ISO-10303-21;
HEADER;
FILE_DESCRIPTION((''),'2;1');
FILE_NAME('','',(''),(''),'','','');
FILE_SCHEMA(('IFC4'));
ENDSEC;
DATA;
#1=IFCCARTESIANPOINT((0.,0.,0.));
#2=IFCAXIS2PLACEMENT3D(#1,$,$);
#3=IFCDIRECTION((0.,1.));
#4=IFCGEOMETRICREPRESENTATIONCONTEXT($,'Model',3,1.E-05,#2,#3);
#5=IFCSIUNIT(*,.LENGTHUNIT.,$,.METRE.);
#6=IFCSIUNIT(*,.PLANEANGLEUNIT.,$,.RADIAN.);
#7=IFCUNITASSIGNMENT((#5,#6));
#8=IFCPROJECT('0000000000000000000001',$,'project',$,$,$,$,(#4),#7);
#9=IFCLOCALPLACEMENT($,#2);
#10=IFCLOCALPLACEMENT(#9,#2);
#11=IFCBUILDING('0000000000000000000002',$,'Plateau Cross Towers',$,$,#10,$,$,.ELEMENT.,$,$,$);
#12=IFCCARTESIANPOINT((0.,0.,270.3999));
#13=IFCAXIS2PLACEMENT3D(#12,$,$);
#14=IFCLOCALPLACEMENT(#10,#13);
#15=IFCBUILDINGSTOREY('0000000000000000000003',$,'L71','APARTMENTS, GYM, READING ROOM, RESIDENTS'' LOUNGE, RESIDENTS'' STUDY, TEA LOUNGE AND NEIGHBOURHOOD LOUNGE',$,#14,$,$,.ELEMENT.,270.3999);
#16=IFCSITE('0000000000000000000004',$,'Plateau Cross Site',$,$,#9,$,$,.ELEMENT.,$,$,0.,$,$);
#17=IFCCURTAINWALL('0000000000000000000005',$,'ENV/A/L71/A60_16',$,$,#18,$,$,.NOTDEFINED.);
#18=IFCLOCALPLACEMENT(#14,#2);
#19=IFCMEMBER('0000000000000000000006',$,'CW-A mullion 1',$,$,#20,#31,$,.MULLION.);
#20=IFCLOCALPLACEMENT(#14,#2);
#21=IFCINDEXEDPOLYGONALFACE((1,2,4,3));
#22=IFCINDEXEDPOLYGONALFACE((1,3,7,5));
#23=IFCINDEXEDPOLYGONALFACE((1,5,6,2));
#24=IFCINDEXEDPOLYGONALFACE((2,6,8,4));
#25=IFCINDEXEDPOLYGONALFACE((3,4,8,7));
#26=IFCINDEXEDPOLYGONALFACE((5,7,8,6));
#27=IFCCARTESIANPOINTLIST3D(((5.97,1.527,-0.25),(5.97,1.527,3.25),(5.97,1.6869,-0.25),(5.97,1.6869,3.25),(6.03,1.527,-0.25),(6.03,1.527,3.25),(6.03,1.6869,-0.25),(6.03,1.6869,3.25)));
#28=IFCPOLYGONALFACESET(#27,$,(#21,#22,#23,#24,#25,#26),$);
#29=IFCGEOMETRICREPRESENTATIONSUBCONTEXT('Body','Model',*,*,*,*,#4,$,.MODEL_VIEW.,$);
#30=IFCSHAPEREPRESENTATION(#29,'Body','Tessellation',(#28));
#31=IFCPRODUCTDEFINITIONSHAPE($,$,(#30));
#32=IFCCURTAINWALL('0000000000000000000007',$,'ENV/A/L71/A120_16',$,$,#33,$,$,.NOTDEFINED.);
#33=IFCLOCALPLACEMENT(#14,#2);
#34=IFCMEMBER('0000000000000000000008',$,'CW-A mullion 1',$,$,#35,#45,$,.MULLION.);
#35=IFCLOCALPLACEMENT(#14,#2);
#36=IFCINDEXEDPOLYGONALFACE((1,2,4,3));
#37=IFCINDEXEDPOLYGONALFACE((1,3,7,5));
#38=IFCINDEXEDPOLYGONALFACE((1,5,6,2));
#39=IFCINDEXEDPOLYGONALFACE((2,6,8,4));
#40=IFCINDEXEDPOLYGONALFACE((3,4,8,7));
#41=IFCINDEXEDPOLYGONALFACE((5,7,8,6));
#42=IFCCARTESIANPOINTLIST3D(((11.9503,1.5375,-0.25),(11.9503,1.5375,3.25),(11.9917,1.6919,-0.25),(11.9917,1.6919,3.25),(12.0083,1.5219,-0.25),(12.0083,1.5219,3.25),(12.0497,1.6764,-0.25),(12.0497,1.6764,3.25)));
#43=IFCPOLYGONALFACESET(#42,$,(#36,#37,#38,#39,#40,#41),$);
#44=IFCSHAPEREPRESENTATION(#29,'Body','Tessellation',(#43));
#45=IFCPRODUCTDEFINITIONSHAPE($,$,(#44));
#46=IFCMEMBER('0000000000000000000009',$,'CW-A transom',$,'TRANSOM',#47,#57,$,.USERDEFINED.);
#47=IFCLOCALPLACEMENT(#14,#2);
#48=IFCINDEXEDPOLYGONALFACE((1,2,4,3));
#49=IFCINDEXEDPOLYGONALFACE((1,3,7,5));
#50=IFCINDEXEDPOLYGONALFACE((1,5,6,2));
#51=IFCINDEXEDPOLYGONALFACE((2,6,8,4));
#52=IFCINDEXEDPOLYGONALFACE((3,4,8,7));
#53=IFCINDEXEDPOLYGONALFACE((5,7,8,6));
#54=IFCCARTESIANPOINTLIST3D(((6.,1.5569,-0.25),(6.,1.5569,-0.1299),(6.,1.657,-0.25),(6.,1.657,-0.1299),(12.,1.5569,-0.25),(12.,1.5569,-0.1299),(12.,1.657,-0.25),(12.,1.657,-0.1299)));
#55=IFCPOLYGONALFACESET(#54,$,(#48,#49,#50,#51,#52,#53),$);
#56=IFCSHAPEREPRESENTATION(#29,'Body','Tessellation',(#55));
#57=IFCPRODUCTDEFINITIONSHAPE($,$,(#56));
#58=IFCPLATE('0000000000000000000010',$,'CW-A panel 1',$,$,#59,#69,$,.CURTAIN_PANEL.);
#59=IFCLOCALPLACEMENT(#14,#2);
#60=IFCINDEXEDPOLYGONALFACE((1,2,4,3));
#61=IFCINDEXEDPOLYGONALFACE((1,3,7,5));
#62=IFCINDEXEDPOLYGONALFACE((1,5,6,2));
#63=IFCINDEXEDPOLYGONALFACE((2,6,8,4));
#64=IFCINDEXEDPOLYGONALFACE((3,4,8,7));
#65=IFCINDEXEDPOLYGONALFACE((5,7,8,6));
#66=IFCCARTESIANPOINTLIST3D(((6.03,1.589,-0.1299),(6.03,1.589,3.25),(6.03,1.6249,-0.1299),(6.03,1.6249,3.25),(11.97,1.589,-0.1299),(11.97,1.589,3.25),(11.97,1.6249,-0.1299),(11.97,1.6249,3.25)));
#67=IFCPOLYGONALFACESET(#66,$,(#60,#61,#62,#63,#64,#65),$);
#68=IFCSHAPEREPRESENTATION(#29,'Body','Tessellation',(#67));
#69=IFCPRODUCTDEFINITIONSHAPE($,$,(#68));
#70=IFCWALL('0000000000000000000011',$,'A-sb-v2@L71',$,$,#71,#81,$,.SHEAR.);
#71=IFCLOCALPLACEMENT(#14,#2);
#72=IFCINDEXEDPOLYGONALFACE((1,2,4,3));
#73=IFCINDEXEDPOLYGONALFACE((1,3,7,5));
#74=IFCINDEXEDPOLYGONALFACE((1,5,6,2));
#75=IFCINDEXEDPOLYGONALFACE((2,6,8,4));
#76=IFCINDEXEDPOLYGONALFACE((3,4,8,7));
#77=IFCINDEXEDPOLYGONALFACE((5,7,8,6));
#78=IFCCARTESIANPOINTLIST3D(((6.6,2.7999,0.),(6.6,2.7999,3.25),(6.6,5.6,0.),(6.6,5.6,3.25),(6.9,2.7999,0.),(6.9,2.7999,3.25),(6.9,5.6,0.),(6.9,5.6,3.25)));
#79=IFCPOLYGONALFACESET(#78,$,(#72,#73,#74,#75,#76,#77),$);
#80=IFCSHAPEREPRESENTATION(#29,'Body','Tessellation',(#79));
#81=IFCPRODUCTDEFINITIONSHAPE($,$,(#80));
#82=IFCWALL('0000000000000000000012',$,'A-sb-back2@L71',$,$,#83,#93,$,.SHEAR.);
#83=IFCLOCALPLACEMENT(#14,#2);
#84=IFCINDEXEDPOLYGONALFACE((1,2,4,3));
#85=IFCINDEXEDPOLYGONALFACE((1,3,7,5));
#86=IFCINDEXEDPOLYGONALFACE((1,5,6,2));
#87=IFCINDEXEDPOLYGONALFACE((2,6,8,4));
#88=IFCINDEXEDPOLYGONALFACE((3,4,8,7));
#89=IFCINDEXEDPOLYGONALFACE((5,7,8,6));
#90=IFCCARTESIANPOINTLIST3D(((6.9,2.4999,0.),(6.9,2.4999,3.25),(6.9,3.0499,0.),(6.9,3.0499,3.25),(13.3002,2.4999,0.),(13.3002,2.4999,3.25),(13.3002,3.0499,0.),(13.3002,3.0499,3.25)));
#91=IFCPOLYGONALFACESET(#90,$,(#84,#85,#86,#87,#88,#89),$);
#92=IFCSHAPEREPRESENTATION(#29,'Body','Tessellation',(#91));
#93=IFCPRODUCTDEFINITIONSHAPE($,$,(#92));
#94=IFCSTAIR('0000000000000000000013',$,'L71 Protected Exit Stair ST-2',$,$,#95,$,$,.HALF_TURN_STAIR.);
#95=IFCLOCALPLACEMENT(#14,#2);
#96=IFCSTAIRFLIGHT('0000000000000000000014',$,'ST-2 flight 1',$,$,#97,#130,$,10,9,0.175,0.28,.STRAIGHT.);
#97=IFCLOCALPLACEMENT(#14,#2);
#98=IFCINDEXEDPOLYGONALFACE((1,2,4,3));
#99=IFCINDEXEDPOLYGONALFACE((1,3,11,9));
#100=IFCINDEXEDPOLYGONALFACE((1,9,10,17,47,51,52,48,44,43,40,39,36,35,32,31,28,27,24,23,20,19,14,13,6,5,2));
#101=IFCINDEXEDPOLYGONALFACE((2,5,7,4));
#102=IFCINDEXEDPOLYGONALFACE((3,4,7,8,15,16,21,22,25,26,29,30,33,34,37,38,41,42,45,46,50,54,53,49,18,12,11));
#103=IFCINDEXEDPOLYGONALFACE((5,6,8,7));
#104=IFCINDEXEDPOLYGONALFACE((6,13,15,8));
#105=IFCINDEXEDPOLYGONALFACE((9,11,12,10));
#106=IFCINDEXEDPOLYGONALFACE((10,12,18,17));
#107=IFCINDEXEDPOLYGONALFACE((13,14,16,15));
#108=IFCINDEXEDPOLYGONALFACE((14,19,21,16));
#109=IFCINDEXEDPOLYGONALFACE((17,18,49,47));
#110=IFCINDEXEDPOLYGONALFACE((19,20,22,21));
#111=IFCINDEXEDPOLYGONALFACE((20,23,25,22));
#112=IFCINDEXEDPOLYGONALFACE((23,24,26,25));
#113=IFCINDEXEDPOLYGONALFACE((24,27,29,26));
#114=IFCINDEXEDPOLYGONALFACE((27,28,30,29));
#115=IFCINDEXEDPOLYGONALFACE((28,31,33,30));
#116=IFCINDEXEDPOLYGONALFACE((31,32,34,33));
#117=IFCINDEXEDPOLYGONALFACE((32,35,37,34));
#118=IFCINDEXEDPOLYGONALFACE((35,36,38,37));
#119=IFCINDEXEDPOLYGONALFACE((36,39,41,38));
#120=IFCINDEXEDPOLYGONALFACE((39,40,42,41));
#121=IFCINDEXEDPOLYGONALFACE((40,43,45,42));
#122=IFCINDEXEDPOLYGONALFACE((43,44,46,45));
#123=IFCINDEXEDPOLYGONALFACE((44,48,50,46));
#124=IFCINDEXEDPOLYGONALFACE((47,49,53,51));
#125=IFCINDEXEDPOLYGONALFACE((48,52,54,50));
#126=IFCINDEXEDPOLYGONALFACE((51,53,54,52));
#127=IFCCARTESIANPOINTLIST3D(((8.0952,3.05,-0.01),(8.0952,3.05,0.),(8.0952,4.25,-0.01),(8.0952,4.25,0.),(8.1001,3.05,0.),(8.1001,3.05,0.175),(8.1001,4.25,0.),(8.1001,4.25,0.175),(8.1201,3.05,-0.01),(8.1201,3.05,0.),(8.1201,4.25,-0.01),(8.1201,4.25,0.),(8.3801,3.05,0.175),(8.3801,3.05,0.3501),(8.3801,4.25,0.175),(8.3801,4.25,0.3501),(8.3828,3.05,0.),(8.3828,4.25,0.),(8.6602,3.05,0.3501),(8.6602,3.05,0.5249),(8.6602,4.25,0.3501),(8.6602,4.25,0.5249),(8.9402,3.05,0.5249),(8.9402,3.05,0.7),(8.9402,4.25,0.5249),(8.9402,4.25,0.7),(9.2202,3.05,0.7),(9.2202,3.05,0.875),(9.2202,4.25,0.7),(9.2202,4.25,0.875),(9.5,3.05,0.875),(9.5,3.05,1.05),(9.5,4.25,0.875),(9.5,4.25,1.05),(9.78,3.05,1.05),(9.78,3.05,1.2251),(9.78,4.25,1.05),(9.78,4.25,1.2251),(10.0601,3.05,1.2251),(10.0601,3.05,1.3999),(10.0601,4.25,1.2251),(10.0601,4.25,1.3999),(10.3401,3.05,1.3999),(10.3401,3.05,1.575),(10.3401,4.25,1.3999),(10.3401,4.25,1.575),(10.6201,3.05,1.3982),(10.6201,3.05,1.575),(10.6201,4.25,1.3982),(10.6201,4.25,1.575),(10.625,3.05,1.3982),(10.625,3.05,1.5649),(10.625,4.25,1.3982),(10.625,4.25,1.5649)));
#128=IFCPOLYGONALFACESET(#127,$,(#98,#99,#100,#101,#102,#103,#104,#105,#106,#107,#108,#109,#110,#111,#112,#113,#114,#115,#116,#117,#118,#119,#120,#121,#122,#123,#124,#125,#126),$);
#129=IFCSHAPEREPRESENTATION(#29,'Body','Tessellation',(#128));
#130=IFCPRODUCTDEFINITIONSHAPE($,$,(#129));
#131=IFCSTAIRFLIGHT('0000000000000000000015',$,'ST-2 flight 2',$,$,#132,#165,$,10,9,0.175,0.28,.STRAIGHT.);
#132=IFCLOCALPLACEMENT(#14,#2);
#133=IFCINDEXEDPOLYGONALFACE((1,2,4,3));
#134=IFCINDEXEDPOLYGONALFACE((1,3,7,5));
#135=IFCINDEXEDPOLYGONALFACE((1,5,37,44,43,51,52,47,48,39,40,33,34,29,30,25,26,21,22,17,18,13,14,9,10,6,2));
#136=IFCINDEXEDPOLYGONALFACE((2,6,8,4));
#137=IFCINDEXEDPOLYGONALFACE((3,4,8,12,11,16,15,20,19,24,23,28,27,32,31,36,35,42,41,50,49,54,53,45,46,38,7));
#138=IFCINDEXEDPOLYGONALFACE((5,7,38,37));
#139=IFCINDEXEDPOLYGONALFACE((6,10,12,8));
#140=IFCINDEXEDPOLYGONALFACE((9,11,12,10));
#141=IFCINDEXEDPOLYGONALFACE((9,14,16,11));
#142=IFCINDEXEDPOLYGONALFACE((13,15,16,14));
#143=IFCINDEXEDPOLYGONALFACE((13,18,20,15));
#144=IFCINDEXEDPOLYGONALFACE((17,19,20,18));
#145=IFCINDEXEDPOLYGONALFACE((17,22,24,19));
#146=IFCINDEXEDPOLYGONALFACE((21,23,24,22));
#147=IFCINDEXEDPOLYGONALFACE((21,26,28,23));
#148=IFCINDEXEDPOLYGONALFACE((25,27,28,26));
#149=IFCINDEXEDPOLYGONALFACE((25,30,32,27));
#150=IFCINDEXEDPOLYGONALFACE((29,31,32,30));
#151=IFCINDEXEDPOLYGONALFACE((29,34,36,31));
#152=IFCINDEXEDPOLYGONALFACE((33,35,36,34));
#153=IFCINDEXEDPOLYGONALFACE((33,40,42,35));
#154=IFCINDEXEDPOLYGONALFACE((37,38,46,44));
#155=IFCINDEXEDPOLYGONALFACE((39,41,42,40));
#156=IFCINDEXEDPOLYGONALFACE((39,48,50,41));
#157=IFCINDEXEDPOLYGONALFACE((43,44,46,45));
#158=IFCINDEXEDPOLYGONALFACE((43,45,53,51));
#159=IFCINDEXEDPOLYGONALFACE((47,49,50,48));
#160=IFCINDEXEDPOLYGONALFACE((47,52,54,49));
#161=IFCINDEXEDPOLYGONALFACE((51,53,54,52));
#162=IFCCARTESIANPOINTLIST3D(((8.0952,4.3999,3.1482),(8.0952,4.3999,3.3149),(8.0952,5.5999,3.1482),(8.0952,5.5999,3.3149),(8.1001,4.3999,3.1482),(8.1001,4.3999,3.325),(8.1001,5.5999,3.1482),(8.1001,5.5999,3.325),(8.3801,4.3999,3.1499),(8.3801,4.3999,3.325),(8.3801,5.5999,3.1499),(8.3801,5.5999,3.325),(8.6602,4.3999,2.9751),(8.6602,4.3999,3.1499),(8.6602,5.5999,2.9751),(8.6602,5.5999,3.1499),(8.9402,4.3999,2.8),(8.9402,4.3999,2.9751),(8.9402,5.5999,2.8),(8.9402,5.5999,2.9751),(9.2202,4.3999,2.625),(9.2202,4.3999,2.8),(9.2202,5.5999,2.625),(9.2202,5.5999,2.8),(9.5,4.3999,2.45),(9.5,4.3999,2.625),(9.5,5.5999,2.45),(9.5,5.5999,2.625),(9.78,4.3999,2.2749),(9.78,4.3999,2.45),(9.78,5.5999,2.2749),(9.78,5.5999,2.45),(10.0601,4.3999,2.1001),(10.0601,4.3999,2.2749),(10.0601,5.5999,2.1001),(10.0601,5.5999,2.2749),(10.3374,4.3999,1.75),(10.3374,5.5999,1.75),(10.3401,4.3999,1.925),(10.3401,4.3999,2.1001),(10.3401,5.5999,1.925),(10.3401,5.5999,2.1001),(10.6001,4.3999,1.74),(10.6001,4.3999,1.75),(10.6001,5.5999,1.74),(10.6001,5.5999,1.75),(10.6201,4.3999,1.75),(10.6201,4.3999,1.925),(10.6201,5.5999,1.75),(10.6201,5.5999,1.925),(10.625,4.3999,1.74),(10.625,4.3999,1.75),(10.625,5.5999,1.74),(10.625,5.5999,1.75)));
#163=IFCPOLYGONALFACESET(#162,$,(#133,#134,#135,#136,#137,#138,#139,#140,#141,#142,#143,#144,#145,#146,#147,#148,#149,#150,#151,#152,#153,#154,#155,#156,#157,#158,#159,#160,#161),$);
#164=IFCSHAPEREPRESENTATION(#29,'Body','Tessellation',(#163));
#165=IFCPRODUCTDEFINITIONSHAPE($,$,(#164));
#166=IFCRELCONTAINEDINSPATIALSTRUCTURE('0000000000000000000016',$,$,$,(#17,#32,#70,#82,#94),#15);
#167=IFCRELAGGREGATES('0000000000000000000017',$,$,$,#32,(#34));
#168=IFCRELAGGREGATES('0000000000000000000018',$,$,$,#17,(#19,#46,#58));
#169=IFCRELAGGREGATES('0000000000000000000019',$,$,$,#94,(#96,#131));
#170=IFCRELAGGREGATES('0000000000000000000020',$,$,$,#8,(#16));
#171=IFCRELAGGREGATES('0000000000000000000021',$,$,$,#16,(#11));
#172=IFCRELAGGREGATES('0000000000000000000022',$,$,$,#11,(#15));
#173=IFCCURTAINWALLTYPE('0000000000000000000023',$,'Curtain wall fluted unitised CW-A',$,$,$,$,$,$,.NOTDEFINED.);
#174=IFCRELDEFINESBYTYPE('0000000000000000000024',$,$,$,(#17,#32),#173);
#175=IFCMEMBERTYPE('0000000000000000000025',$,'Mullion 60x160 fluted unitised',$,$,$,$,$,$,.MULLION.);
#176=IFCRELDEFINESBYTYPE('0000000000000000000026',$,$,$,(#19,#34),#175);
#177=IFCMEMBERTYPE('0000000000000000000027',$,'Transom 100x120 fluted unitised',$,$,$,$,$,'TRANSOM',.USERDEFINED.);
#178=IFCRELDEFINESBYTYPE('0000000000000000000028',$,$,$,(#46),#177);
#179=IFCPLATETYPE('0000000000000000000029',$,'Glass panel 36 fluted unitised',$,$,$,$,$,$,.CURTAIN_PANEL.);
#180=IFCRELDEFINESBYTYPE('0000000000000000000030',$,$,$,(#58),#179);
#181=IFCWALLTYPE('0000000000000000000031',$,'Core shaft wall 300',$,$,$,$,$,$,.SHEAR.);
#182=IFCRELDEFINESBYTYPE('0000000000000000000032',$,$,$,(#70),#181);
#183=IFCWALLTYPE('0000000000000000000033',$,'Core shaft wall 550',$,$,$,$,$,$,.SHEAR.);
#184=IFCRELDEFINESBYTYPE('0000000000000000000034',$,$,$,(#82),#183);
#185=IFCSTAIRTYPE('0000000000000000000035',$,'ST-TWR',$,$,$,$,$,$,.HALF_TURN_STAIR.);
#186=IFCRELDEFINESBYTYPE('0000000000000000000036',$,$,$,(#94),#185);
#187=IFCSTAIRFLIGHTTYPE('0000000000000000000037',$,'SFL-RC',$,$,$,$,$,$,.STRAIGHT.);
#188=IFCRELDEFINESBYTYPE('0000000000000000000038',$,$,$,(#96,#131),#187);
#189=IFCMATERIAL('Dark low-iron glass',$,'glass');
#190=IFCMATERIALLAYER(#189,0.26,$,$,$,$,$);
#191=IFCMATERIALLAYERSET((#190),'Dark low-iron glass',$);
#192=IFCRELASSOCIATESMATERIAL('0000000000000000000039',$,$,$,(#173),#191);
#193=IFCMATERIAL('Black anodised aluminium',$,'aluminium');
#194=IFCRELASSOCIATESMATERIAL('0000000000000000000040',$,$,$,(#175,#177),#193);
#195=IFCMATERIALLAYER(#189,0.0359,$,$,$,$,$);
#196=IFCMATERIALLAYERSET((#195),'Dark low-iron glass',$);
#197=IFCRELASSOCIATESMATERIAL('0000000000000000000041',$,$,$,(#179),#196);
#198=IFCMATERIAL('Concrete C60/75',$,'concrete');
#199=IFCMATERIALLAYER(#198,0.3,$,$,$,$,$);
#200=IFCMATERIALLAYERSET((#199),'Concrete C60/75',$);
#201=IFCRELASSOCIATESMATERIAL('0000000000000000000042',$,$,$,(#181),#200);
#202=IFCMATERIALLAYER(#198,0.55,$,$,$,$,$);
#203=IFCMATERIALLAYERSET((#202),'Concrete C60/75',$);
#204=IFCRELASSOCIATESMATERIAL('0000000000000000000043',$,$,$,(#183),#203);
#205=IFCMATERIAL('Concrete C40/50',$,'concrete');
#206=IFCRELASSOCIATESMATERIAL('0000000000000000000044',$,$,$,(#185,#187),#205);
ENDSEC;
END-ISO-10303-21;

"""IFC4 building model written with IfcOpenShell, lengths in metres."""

from ifc_helpers import new_model, si_unit, direction, frame, frame_2d, origin, origin_2d, place, context, subcontext, project, spatial, polyline, rectangle, outline, extrude, material, layer, layer_set, material_profile, profile_set, type_object, element, aggregate, save


model = new_model("IFC4")

# Units and contexts
model_context = context("Model", 3, precision=1e-05, world=origin(), true_north=direction((0.0, 1.0)))
body_context = subcontext(model_context, "Body", "Model", "MODEL_VIEW")
ifc_project = project(units=[si_unit("LENGTHUNIT", "METRE"), si_unit("PLANEANGLEUNIT", "RADIAN")], contexts=[model_context])

# Site, building, storey
site_placement = place(None, origin())
site = spatial("IfcSite", under=ifc_project, at=site_placement, Name="Plateau Cross Site", CompositionType="ELEMENT", RefElevation=0.0)
building_placement = place(site_placement, origin())
building = spatial("IfcBuilding", under=site, at=building_placement, Name="Plateau Cross Towers", CompositionType="ELEMENT")
storey_placement = place(building_placement, frame((0.0, 0.0, 270.3999)))
storey = spatial("IfcBuildingStorey", under=building, at=storey_placement, Name="L71", Description="APARTMENTS, GYM, READING ROOM, RESIDENTS' LOUNGE, RESIDENTS' STUDY, TEA LOUNGE AND NEIGHBOURHOOD LOUNGE", CompositionType="ELEMENT", Elevation=270.3999)

# Curtain walls, members
ifc_material_1 = material(Name="Dark low-iron glass", Category="glass")
ifc_layer_1 = layer(ifc_material_1, 0.26)
ifc_layer_set_1 = layer_set([ifc_layer_1], Name="Dark low-iron glass")
curtain_wall_type = type_object("IfcCurtainWallType", Name="Curtain wall fluted unitised CW-A", PredefinedType="NOTDEFINED", material=ifc_layer_set_1)
curtain_wall_1_placement = place(storey_placement, origin())
curtain_wall_1 = element("IfcCurtainWall", 1, at=curtain_wall_1_placement, inside=storey, type_object=curtain_wall_type, Name="ENV/A/L71/A60_16", PredefinedType="NOTDEFINED")
ifc_material_2 = material(Name="Black anodised aluminium", Category="aluminium")
ifc_material_profile_1 = material_profile(ifc_material_2, rectangle(XDim=0.0601, YDim=0.1599, at=origin_2d()), Name="MULLION 60x160")
ifc_profile_set_1 = profile_set([ifc_material_profile_1], Name="Black anodised aluminium")
member_type_1 = type_object("IfcMemberType", Name="Mullion 60x160 fluted unitised", PredefinedType="MULLION", material=ifc_profile_set_1)
member_1_placement = place(storey_placement, frame((6.0, 1.6069, -0.25), z_axis=(0.0, 0.0, 1.0), x_axis=(1.0, 0.0, 0.0)))
member_1 = element("IfcMember", 2, at=member_1_placement, type_object=member_type_1, Name="CW-A mullion 1", PredefinedType="MULLION", context=body_context, shape_type="SweptSolid", body=[
    extrude(rectangle(XDim=0.0601, YDim=0.1599, at=origin_2d()), origin(), (0.0, 0.0, 1.0), 3.5),
])
curtain_wall_2_placement = place(storey_placement, origin())
curtain_wall_2 = element("IfcCurtainWall", 3, at=curtain_wall_2_placement, inside=storey, type_object=curtain_wall_type, Name="ENV/A/L71/A120_16", PredefinedType="NOTDEFINED")
member_2_placement = place(storey_placement, frame((12.0, 1.6069, -0.25), z_axis=(0.0, 0.0, 1.0), x_axis=(0.965958, -0.258699, 0.0)))
member_2 = element("IfcMember", 4, at=member_2_placement, type_object=member_type_1, Name="CW-A mullion 1", PredefinedType="MULLION", context=body_context, shape_type="SweptSolid", body=[
    extrude(rectangle(XDim=0.0601, YDim=0.1599, at=origin_2d()), origin(), (0.0, 0.0, 1.0), 3.5),
])
aggregate(curtain_wall_2, [member_2])

# Member
ifc_material_profile_2 = material_profile(ifc_material_2, rectangle(XDim=0.1001, YDim=0.1201, at=origin_2d()), Name="TRANSOM 100x120")
ifc_profile_set_2 = profile_set([ifc_material_profile_2], Name="Black anodised aluminium")
member_type_2 = type_object("IfcMemberType", Name="Transom 100x120 fluted unitised", ElementType="TRANSOM", PredefinedType="USERDEFINED", material=ifc_profile_set_2)
member_3_placement = place(storey_placement, frame((6.0, 1.6069, -0.1899), z_axis=(1.0, 0.0, 0.0), x_axis=(0.0, 1.0, 0.0)))
member_3 = element("IfcMember", 5, at=member_3_placement, type_object=member_type_2, Name="CW-A transom", ObjectType="TRANSOM", PredefinedType="USERDEFINED", context=body_context, shape_type="SweptSolid", body=[
    extrude(rectangle(XDim=0.1001, YDim=0.1201, at=origin_2d()), origin(), (0.0, 0.0, 1.0), 6.0),
])

# Plate
ifc_layer_2 = layer(ifc_material_1, 0.0359)
ifc_layer_set_2 = layer_set([ifc_layer_2], Name="Dark low-iron glass")
plate_type = type_object("IfcPlateType", Name="Glass panel 36 fluted unitised", PredefinedType="CURTAIN_PANEL", material=ifc_layer_set_2)
plate_placement = place(storey_placement, frame((9.0, 1.6069, -0.1299), z_axis=(0.0, 0.0, 1.0), x_axis=(1.0, 0.0, 0.0)))
plate = element("IfcPlate", 6, at=plate_placement, type_object=plate_type, Name="CW-A panel 1", PredefinedType="CURTAIN_PANEL", context=body_context, shape_type="SweptSolid", body=[
    extrude(rectangle(XDim=5.9399, YDim=0.0359, at=origin_2d()), origin(), (0.0, 0.0, 1.0), 3.3799),
])
aggregate(curtain_wall_1, [member_1, member_3, plate])

# Walls
ifc_material_3 = material(Name="Concrete C60/75", Category="concrete")
ifc_layer_3 = layer(ifc_material_3, 0.3)
ifc_layer_set_3 = layer_set([ifc_layer_3], Name="Concrete C60/75")
wall_type_1 = type_object("IfcWallType", Name="Core shaft wall 300", PredefinedType="SHEAR", material=ifc_layer_set_3)
wall_1_placement = place(storey_placement, frame((6.75, 2.8, 0.0), z_axis=(0.0, 0.0, 1.0), x_axis=(0.0, 1.0, 0.0)))
element("IfcWall", 7, at=wall_1_placement, inside=storey, type_object=wall_type_1, Name="A-sb-v2@L71", PredefinedType="SHEAR", context=body_context, shape_type="SweptSolid", body=[
    extrude(rectangle(XDim=2.8, YDim=0.3, at=frame_2d((1.3999, 0.0))), origin(), (0.0, 0.0, 1.0), 3.25),
])
ifc_layer_4 = layer(ifc_material_3, 0.55)
ifc_layer_set_4 = layer_set([ifc_layer_4], Name="Concrete C60/75")
wall_type_2 = type_object("IfcWallType", Name="Core shaft wall 550", PredefinedType="SHEAR", material=ifc_layer_set_4)
wall_2_placement = place(storey_placement, frame((6.8999, 2.7749, 0.0), z_axis=(0.0, 0.0, 1.0), x_axis=(1.0, 0.0, 0.0)))
element("IfcWall", 8, at=wall_2_placement, inside=storey, type_object=wall_type_2, Name="A-sb-back2@L71", PredefinedType="SHEAR", context=body_context, shape_type="SweptSolid", body=[
    extrude(rectangle(XDim=6.4001, YDim=0.55, at=frame_2d((3.2002, 0.0))), origin(), (0.0, 0.0, 1.0), 3.25),
])

# Stair, stair flights
ifc_material_4 = material(Name="Concrete C40/50", Category="concrete")
stair_type = type_object("IfcStairType", Name="ST-TWR", PredefinedType="HALF_TURN_STAIR", material=ifc_material_4)
stair_placement = place(storey_placement, origin())
stair = element("IfcStair", 9, at=stair_placement, inside=storey, type_object=stair_type, Name="L71 Protected Exit Stair ST-2", PredefinedType="HALF_TURN_STAIR")
stair_flight_type = type_object("IfcStairFlightType", Name="SFL-RC", PredefinedType="STRAIGHT", material=ifc_material_4)
stair_flight_1_placement = place(storey_placement, frame((8.1001, 3.6499, 0.0), z_axis=(0.0, 0.0, 1.0), x_axis=(1.0, 0.0, 0.0)))
stair_flight_1 = element("IfcStairFlight", 10, at=stair_flight_1_placement, type_object=stair_flight_type, Name="ST-2 flight 1", NumberOfRisers=10, NumberOfTreads=9, PredefinedType="STRAIGHT", RiserHeight=0.175, TreadLength=0.28, context=body_context, shape_type="SweptSolid", body=[
    extrude(outline(polyline([(-0.0049, -0.01), (-0.0049, 0.0), (0.0, 0.0), (0.0, 0.175), (0.28, 0.175), (0.28, 0.3501), (0.5601, 0.3501), (0.5601, 0.5249), (0.8401, 0.5249), (0.8401, 0.7), (1.1201, 0.7), (1.1201, 0.875), (1.3999, 0.875), (1.3999, 1.05), (1.6799, 1.05), (1.6799, 1.2251), (1.96, 1.2251), (1.96, 1.3999), (2.24, 1.3999), (2.24, 1.575), (2.52, 1.575), (2.5249, 1.5649), (2.5249, 1.3982), (2.52, 1.3982), (0.2827, 0.0), (0.02, 0.0), (0.02, -0.01), (-0.0049, -0.01)])), frame((0.0, 0.6001, 0.0), z_axis=(0.0, -1.0, 0.0), x_axis=(1.0, 0.0, 0.0)), (0.0, 0.0, 1.0), 1.2),
])
stair_flight_2_placement = place(storey_placement, frame((10.6201, 5.0, 1.75), z_axis=(0.0, 0.0, 1.0), x_axis=(-1.0, 0.0, 0.0)))
stair_flight_2 = element("IfcStairFlight", 11, at=stair_flight_2_placement, type_object=stair_flight_type, Name="ST-2 flight 2", NumberOfRisers=10, NumberOfTreads=9, PredefinedType="STRAIGHT", RiserHeight=0.175, TreadLength=0.28, context=body_context, shape_type="SweptSolid", body=[
    extrude(outline(polyline([(-0.0049, -0.01), (-0.0049, 0.0), (0.0, 0.0), (0.0, 0.175), (0.28, 0.175), (0.28, 0.3501), (0.5601, 0.3501), (0.5601, 0.5249), (0.8401, 0.5249), (0.8401, 0.7), (1.1201, 0.7), (1.1201, 0.875), (1.3999, 0.875), (1.3999, 1.05), (1.6799, 1.05), (1.6799, 1.2251), (1.96, 1.2251), (1.96, 1.3999), (2.24, 1.3999), (2.24, 1.575), (2.52, 1.575), (2.5249, 1.5649), (2.5249, 1.3982), (2.52, 1.3982), (0.2827, 0.0), (0.02, 0.0), (0.02, -0.01), (-0.0049, -0.01)])), frame((0.0, 0.6001, 0.0), z_axis=(0.0, -1.0, 0.0), x_axis=(1.0, 0.0, 0.0)), (0.0, 0.0, 1.0), 1.2),
])
aggregate(stair, [stair_flight_1, stair_flight_2])

save(model, "model.ifc")
